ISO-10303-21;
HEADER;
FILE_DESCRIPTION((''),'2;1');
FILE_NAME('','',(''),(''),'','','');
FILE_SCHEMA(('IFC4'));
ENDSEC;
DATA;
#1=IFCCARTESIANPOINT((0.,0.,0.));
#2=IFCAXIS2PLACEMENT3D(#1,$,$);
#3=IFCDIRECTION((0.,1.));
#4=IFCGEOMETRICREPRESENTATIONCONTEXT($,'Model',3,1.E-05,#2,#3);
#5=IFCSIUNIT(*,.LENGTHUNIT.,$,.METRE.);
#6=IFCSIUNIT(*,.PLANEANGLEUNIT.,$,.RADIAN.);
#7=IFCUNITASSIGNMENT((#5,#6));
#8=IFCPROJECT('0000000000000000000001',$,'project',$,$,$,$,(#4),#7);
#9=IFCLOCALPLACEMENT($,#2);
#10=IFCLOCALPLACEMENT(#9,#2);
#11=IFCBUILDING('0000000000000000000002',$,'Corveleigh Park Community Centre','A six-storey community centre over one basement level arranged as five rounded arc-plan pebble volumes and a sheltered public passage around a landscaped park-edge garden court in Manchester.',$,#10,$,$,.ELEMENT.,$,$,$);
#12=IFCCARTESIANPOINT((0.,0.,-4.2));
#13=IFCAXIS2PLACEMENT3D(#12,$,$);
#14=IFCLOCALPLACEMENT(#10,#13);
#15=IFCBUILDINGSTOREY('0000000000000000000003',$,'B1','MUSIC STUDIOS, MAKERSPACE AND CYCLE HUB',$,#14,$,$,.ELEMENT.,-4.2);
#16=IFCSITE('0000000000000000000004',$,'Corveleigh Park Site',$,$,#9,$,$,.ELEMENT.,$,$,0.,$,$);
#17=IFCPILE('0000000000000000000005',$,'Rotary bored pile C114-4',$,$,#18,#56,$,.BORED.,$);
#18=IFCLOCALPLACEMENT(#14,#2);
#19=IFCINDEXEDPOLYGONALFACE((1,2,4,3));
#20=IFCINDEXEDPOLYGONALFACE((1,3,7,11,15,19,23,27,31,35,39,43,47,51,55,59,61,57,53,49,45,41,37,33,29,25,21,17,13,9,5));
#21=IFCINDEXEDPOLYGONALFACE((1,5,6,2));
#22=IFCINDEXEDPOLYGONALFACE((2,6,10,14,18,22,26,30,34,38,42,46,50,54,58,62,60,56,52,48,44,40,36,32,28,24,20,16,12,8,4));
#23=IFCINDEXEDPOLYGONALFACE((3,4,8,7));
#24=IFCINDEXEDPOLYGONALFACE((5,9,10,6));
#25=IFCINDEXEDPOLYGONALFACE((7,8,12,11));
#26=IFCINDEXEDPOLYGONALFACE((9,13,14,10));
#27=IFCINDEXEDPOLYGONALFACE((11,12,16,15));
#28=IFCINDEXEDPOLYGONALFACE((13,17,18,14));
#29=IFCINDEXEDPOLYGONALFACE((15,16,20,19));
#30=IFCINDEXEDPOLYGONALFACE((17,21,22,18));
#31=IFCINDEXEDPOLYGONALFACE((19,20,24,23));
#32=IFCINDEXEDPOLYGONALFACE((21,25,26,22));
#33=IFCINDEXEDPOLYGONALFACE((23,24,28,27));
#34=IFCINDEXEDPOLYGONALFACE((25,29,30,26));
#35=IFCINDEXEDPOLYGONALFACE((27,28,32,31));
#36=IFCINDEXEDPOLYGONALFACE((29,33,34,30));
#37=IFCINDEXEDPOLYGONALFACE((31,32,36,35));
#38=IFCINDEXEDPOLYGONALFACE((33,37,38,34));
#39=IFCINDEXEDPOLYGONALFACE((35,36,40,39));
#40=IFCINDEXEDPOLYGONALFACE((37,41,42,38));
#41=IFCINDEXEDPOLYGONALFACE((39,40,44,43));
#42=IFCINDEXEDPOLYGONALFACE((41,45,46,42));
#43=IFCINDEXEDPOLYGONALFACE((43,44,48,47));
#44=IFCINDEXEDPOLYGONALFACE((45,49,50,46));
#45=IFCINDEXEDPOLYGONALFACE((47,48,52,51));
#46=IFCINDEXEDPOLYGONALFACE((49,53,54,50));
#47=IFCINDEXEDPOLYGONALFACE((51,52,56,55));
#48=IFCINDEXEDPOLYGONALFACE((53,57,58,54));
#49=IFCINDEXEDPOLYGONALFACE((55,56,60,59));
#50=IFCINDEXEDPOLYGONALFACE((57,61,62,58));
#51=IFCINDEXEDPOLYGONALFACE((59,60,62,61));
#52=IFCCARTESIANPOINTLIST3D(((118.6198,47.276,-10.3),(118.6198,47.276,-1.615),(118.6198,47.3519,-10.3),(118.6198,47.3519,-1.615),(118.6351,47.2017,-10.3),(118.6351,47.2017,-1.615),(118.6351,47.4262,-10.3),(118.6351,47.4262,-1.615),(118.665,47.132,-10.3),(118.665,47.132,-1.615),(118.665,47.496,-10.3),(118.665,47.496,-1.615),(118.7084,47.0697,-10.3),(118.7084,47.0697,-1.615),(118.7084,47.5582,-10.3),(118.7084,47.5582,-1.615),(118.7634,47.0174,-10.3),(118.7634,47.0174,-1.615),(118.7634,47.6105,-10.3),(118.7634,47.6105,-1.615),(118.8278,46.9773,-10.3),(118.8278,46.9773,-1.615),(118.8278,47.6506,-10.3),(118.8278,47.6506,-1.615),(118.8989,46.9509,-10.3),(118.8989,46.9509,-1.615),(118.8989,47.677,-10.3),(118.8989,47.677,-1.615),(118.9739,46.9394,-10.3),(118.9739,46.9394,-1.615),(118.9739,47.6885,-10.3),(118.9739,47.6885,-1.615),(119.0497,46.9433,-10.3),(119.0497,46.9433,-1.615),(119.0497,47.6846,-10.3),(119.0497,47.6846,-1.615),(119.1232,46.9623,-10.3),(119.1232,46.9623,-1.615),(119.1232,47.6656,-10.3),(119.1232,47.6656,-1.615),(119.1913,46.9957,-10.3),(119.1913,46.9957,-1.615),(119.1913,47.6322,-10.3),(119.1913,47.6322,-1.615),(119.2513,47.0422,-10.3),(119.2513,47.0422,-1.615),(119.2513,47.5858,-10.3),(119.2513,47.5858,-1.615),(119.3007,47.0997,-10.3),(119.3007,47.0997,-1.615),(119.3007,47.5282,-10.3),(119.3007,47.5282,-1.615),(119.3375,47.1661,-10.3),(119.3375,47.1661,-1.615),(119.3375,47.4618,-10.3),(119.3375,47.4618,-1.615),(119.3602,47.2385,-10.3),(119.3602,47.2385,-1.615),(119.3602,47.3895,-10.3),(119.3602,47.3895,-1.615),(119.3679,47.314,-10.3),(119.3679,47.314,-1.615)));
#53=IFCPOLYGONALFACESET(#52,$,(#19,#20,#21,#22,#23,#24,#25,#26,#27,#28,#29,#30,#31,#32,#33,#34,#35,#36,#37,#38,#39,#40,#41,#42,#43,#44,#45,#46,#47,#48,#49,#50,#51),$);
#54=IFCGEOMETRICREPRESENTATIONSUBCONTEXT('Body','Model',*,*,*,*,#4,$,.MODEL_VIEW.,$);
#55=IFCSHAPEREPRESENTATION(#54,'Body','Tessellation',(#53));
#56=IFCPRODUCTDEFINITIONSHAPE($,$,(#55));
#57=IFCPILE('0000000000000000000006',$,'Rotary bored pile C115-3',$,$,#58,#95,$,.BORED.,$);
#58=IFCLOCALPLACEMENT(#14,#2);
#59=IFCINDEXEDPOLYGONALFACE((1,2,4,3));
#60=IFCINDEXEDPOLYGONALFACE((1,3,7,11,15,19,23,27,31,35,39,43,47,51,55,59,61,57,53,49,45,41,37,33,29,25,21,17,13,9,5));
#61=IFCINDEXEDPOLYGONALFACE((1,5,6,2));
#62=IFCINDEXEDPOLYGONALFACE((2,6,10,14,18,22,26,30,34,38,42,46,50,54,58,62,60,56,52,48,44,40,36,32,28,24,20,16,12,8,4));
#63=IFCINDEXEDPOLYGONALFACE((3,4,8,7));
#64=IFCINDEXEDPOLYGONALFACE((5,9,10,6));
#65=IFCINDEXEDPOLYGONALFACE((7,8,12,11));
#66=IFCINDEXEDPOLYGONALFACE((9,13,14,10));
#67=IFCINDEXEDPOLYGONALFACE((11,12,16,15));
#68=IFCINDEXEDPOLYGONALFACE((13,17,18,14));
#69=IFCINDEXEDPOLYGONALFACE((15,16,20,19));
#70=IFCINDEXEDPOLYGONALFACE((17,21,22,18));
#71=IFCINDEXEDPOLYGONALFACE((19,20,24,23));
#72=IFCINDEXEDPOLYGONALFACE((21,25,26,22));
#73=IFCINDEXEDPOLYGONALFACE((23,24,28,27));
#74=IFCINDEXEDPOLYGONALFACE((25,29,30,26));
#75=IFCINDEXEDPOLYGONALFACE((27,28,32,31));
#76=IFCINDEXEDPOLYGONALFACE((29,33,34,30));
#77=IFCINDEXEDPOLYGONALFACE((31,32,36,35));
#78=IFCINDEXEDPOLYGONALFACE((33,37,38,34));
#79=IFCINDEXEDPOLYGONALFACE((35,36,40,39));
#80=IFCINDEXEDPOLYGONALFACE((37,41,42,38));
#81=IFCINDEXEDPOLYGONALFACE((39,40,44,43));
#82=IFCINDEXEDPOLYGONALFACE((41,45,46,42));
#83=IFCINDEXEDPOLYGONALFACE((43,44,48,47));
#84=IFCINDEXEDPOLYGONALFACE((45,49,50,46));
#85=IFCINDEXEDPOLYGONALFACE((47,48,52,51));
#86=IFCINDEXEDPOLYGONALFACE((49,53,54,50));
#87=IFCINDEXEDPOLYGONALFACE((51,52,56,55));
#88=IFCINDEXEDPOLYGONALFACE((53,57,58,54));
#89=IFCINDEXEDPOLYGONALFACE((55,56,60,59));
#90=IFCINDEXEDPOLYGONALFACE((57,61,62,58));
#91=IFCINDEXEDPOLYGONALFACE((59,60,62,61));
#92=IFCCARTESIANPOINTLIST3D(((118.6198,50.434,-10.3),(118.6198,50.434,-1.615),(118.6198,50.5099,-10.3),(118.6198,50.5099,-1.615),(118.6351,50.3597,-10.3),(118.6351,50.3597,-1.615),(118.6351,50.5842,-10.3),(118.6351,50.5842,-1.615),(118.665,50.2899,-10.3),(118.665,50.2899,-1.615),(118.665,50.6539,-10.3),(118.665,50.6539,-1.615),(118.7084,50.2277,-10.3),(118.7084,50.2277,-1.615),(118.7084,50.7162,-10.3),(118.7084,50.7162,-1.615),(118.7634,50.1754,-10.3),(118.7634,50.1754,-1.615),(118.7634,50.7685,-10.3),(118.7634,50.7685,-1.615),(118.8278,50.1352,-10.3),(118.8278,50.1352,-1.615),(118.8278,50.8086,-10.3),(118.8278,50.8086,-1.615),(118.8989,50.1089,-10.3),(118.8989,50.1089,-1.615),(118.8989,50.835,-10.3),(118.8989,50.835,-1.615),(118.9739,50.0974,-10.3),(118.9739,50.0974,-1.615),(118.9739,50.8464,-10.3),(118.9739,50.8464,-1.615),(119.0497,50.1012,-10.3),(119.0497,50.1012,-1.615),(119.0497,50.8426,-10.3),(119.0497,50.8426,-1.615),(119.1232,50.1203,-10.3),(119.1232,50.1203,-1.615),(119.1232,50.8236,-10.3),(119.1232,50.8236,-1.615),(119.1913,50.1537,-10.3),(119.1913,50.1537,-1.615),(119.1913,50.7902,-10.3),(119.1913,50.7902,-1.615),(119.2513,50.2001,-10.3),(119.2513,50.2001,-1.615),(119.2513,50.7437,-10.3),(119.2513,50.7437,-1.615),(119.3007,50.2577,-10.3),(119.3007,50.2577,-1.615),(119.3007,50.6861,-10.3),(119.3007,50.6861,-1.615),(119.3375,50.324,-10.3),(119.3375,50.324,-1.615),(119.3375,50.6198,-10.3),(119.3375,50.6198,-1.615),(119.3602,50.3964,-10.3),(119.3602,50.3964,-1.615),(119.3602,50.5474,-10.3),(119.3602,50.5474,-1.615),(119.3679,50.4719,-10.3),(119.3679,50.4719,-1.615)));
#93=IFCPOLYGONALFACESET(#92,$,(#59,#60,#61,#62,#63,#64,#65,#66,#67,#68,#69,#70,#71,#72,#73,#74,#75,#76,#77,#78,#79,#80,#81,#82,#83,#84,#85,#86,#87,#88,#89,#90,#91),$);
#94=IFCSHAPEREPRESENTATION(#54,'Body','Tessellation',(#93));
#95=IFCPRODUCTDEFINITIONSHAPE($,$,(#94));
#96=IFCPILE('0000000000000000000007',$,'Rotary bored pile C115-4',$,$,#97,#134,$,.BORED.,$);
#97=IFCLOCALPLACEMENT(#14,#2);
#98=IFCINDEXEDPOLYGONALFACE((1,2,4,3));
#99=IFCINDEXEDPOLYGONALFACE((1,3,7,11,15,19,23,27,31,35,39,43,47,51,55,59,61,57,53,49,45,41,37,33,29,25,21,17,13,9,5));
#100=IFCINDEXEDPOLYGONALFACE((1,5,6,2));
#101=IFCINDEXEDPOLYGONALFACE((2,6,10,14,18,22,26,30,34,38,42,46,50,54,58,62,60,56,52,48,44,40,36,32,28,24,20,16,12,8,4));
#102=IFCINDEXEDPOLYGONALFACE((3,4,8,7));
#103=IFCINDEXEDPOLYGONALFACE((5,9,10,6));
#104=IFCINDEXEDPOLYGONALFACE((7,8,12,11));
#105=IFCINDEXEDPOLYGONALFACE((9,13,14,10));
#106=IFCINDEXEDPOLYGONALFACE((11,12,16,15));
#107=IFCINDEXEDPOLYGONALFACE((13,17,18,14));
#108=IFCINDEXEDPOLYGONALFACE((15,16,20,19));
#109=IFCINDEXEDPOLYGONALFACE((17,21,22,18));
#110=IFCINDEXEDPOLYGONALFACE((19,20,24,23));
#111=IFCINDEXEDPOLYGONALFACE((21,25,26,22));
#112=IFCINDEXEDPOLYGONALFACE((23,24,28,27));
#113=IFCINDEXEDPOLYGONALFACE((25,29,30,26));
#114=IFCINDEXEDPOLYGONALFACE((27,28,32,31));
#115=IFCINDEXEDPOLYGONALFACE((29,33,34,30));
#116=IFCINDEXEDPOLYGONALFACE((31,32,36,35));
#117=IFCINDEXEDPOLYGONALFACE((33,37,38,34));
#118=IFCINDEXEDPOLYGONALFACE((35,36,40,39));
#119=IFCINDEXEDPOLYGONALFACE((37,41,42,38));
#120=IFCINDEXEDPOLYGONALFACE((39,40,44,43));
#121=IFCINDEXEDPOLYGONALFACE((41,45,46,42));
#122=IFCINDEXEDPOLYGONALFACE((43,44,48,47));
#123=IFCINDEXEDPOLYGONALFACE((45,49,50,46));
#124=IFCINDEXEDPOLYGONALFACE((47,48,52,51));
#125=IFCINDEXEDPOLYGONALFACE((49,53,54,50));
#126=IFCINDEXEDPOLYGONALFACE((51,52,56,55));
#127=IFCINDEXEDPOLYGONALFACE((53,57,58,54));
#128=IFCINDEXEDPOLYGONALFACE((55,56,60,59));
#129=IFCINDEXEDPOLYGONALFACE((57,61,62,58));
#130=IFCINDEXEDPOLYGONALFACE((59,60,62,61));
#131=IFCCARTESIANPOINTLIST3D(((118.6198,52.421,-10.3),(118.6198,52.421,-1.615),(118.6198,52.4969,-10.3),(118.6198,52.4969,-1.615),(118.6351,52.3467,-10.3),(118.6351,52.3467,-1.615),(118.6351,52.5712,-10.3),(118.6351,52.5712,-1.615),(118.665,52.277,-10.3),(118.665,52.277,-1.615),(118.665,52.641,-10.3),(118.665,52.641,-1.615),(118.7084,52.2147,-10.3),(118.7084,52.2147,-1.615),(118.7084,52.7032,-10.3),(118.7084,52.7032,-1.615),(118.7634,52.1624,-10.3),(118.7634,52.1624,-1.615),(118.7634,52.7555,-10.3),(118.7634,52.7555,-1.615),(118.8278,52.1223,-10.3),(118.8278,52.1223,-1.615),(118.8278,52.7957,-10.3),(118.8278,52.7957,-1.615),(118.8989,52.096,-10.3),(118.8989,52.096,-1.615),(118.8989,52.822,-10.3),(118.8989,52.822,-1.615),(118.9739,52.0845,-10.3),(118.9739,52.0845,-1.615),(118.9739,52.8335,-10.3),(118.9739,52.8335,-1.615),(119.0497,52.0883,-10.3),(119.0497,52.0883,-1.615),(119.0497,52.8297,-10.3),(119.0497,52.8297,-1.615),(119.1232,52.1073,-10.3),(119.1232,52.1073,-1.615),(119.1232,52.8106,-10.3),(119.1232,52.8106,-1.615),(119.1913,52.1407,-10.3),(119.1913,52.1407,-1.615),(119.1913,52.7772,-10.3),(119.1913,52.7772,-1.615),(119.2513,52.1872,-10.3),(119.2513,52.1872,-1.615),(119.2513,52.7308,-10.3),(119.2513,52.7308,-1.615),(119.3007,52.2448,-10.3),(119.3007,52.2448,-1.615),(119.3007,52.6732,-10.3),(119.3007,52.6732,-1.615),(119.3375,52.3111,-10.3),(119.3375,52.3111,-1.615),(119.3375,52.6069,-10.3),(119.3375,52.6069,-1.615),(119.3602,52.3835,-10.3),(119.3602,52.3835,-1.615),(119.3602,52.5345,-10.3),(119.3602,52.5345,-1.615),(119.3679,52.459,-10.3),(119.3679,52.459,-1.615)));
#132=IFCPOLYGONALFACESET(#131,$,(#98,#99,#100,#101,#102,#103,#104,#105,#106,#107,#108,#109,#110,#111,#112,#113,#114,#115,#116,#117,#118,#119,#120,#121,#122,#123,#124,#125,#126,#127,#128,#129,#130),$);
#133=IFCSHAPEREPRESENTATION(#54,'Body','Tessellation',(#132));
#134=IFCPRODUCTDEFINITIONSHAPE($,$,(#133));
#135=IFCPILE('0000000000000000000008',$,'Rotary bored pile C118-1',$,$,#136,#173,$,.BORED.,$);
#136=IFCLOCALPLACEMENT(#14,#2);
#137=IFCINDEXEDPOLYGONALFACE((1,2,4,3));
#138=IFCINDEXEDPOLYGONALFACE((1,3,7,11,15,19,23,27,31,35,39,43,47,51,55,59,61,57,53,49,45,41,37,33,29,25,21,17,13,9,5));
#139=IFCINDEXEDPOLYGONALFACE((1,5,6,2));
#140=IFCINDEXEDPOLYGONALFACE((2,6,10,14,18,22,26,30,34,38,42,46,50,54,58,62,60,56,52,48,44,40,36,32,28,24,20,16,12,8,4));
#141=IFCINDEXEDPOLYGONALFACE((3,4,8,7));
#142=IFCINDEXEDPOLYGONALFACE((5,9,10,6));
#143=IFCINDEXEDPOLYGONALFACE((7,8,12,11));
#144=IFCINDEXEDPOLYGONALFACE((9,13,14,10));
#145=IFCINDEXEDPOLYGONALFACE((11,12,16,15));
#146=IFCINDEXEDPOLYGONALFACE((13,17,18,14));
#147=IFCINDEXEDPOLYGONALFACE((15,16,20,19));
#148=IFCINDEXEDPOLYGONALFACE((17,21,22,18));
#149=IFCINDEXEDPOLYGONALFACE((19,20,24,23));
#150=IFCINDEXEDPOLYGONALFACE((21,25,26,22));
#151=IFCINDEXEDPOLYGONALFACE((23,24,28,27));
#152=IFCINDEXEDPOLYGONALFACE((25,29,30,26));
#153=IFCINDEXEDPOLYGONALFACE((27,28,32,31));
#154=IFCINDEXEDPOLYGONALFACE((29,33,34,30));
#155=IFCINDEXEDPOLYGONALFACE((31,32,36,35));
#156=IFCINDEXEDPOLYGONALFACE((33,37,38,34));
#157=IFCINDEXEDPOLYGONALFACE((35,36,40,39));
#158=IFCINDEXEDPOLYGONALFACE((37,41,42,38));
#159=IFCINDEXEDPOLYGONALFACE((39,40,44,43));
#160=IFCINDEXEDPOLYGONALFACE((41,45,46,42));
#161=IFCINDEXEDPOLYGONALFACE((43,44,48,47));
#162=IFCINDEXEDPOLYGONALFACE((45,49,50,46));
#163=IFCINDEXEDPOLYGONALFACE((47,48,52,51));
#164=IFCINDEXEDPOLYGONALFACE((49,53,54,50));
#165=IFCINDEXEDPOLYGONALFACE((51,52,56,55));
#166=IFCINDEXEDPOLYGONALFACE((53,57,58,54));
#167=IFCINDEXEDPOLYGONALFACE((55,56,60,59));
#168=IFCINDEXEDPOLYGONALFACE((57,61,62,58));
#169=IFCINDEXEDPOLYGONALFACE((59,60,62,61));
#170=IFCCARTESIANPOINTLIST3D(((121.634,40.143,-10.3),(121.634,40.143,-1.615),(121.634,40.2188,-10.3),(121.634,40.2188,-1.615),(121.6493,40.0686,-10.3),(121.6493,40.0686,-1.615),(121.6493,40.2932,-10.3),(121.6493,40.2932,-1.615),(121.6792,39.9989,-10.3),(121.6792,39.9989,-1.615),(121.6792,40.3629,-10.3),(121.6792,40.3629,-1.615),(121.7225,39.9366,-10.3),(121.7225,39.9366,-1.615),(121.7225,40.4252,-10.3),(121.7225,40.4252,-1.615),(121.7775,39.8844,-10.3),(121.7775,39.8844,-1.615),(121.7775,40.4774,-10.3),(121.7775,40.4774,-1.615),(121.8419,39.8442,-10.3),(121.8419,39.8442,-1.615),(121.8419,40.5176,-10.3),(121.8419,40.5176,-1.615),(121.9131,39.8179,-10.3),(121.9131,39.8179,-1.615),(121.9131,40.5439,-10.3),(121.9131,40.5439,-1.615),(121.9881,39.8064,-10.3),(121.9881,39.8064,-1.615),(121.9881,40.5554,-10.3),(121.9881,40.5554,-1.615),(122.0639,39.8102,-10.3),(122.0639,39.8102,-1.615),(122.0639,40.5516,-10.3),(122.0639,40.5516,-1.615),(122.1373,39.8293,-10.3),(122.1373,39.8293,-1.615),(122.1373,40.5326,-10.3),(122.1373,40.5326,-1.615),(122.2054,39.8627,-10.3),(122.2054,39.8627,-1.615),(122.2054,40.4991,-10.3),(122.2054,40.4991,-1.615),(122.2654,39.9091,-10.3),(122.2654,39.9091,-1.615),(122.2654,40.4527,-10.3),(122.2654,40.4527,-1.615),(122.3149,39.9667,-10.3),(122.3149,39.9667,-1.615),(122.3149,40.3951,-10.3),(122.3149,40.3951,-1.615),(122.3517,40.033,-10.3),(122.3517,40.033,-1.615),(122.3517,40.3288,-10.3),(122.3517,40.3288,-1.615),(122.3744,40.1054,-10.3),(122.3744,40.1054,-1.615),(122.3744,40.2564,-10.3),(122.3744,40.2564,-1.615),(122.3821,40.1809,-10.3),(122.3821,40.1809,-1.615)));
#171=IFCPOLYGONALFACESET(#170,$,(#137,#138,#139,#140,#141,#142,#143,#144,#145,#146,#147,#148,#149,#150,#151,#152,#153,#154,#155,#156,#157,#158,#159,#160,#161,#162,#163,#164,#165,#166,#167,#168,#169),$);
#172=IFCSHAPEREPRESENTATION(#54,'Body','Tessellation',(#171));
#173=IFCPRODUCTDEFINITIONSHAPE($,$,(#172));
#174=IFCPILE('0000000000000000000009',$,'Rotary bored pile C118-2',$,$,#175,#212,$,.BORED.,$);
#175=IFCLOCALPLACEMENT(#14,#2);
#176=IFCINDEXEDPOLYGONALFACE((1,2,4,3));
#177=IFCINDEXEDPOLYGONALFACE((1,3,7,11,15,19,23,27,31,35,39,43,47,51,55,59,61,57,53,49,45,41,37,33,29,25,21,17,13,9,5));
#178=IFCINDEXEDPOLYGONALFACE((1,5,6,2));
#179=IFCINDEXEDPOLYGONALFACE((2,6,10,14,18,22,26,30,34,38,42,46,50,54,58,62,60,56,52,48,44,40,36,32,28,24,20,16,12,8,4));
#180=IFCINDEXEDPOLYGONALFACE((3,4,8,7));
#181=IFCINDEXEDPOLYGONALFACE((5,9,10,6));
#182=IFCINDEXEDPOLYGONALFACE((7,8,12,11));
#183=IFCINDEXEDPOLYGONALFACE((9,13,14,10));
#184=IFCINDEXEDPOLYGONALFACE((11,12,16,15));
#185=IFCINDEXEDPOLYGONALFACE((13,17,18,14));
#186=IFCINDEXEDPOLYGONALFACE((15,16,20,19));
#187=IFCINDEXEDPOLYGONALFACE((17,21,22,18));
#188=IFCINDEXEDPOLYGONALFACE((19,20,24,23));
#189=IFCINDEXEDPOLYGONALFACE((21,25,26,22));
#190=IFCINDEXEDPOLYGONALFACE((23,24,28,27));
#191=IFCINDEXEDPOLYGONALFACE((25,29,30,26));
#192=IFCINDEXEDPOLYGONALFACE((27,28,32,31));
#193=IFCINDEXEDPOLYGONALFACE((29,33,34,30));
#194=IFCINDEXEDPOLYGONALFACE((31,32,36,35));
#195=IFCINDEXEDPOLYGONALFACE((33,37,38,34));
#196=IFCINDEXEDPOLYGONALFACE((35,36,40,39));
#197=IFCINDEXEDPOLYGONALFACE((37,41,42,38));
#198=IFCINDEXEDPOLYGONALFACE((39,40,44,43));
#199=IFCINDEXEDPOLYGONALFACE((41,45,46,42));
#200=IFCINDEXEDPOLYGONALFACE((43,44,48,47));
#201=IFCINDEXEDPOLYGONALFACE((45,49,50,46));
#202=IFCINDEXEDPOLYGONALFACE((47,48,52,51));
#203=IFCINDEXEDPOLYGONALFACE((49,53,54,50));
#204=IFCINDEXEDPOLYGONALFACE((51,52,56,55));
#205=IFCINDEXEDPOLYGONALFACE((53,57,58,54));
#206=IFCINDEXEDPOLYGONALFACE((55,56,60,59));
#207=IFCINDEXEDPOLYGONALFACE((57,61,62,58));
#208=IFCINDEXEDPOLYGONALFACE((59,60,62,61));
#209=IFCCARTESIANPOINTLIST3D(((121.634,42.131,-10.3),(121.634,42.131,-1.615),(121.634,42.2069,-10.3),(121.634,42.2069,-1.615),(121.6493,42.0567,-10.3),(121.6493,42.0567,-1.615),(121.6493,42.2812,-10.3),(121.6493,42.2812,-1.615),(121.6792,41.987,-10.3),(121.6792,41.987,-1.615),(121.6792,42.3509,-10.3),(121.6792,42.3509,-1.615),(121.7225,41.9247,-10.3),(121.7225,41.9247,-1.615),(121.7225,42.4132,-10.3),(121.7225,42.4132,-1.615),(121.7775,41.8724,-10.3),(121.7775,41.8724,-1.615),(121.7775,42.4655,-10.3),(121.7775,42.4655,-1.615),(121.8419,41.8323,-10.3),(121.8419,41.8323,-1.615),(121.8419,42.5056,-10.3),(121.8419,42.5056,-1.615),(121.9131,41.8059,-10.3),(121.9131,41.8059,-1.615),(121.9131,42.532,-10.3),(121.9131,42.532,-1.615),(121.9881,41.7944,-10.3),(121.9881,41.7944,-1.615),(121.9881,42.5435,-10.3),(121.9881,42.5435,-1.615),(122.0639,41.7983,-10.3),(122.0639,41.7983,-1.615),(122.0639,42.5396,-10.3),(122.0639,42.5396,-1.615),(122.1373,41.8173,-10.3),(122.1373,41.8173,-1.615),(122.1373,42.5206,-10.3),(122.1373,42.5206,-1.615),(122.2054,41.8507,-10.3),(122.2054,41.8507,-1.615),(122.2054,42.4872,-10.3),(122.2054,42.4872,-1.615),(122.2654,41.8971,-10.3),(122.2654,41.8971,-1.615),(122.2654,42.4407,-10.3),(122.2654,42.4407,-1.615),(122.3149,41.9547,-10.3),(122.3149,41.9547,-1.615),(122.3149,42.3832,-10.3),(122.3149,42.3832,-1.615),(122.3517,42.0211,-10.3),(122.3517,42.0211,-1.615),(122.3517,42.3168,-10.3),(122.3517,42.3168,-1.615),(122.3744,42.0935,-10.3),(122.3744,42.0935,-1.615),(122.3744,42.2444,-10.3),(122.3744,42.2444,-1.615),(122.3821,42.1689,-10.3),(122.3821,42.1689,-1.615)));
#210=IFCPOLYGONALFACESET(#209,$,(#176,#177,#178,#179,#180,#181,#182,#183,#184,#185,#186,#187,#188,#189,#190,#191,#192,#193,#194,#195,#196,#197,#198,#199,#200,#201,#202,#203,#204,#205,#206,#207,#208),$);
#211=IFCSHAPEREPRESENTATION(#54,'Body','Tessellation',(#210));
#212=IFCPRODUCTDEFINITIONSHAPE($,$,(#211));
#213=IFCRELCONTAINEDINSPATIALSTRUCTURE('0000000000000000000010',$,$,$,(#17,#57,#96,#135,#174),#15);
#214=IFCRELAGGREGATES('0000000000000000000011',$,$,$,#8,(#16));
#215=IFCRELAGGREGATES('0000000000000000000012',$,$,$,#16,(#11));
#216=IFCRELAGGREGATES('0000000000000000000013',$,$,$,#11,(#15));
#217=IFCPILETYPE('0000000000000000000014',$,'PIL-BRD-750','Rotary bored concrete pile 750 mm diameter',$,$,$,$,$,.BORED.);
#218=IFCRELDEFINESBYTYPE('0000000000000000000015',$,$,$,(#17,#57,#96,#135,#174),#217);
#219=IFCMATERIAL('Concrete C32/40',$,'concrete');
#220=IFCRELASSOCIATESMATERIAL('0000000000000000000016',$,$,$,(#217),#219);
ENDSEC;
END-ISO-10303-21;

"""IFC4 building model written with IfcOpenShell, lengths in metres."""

from ifc_helpers import new_model, si_unit, direction, frame, origin, origin_2d, place, context, subcontext, project, spatial, circle, extrude, material, material_profile, profile_set, type_object, element, save


model = new_model("IFC4")

# Units and contexts
model_context = context("Model", 3, precision=1e-05, world=origin(), true_north=direction((0.0, 1.0)))
body_context = subcontext(model_context, "Body", "Model", "MODEL_VIEW")
ifc_project = project(units=[si_unit("LENGTHUNIT", "METRE"), si_unit("PLANEANGLEUNIT", "RADIAN")], contexts=[model_context])

# Site, building, storey
site_placement = place(None, origin())
site = spatial("IfcSite", under=ifc_project, at=site_placement, Name="Corveleigh Park Site", CompositionType="ELEMENT", RefElevation=0.0)
building_placement = place(site_placement, origin())
building = spatial("IfcBuilding", under=site, at=building_placement, Name="Corveleigh Park Community Centre", Description="A six-storey community centre over one basement level arranged as five rounded arc-plan pebble volumes and a sheltered public passage around a landscaped park-edge garden court in Manchester.", CompositionType="ELEMENT")
storey_placement = place(building_placement, frame((0.0, 0.0, -4.2)))
storey = spatial("IfcBuildingStorey", under=building, at=storey_placement, Name="B1", Description="MUSIC STUDIOS, MAKERSPACE AND CYCLE HUB", CompositionType="ELEMENT", Elevation=-4.2)

# Piles
ifc_material_1 = material(Name="Concrete C32/40", Category="concrete")
ifc_material_profile_1 = material_profile(ifc_material_1, circle(Radius=0.375, at=origin_2d()), Name="BORED-PILE-750", Category="concrete")
ifc_profile_set_1 = profile_set([ifc_material_profile_1], Name="Concrete C32/40")
pile_type = type_object("IfcPileType", Name="PIL-BRD-750", Description="Rotary bored concrete pile 750 mm diameter", PredefinedType="BORED", material=ifc_profile_set_1)
for number, where, z_axis, x_axis, name in (
    (1, (118.9929, 47.314, -1.615), (0.0, 0.0, -1.0), (1.0, 0.0, 0.0), "Rotary bored pile C114-4"),
    (2, (118.9929, 50.4719, -1.615), (0.0, 0.0, -1.0), (1.0, 0.0, 0.0), "Rotary bored pile C115-3"),
    (3, (118.9929, 52.459, -1.615), (0.0, 0.0, -1.0), (1.0, 0.0, 0.0), "Rotary bored pile C115-4"),
    (4, (122.0071, 40.1809, -1.615), (0.0, 0.0, -1.0), (1.0, 0.0, 0.0), "Rotary bored pile C118-1"),
    (5, (122.0071, 42.1689, -1.615), (0.0, 0.0, -1.0), (1.0, 0.0, 0.0), "Rotary bored pile C118-2"),
):
    element("IfcPile", number, at=place(storey_placement, frame(where, z_axis=z_axis, x_axis=x_axis)), inside=storey, type_object=pile_type, Name=name, PredefinedType="BORED", context=body_context, shape_type="SweptSolid", body=[
        extrude(circle(Radius=0.375, at=origin_2d()), origin(), (0.0, 0.0, 1.0), 8.6851),
    ])

save(model, "model.ifc")
